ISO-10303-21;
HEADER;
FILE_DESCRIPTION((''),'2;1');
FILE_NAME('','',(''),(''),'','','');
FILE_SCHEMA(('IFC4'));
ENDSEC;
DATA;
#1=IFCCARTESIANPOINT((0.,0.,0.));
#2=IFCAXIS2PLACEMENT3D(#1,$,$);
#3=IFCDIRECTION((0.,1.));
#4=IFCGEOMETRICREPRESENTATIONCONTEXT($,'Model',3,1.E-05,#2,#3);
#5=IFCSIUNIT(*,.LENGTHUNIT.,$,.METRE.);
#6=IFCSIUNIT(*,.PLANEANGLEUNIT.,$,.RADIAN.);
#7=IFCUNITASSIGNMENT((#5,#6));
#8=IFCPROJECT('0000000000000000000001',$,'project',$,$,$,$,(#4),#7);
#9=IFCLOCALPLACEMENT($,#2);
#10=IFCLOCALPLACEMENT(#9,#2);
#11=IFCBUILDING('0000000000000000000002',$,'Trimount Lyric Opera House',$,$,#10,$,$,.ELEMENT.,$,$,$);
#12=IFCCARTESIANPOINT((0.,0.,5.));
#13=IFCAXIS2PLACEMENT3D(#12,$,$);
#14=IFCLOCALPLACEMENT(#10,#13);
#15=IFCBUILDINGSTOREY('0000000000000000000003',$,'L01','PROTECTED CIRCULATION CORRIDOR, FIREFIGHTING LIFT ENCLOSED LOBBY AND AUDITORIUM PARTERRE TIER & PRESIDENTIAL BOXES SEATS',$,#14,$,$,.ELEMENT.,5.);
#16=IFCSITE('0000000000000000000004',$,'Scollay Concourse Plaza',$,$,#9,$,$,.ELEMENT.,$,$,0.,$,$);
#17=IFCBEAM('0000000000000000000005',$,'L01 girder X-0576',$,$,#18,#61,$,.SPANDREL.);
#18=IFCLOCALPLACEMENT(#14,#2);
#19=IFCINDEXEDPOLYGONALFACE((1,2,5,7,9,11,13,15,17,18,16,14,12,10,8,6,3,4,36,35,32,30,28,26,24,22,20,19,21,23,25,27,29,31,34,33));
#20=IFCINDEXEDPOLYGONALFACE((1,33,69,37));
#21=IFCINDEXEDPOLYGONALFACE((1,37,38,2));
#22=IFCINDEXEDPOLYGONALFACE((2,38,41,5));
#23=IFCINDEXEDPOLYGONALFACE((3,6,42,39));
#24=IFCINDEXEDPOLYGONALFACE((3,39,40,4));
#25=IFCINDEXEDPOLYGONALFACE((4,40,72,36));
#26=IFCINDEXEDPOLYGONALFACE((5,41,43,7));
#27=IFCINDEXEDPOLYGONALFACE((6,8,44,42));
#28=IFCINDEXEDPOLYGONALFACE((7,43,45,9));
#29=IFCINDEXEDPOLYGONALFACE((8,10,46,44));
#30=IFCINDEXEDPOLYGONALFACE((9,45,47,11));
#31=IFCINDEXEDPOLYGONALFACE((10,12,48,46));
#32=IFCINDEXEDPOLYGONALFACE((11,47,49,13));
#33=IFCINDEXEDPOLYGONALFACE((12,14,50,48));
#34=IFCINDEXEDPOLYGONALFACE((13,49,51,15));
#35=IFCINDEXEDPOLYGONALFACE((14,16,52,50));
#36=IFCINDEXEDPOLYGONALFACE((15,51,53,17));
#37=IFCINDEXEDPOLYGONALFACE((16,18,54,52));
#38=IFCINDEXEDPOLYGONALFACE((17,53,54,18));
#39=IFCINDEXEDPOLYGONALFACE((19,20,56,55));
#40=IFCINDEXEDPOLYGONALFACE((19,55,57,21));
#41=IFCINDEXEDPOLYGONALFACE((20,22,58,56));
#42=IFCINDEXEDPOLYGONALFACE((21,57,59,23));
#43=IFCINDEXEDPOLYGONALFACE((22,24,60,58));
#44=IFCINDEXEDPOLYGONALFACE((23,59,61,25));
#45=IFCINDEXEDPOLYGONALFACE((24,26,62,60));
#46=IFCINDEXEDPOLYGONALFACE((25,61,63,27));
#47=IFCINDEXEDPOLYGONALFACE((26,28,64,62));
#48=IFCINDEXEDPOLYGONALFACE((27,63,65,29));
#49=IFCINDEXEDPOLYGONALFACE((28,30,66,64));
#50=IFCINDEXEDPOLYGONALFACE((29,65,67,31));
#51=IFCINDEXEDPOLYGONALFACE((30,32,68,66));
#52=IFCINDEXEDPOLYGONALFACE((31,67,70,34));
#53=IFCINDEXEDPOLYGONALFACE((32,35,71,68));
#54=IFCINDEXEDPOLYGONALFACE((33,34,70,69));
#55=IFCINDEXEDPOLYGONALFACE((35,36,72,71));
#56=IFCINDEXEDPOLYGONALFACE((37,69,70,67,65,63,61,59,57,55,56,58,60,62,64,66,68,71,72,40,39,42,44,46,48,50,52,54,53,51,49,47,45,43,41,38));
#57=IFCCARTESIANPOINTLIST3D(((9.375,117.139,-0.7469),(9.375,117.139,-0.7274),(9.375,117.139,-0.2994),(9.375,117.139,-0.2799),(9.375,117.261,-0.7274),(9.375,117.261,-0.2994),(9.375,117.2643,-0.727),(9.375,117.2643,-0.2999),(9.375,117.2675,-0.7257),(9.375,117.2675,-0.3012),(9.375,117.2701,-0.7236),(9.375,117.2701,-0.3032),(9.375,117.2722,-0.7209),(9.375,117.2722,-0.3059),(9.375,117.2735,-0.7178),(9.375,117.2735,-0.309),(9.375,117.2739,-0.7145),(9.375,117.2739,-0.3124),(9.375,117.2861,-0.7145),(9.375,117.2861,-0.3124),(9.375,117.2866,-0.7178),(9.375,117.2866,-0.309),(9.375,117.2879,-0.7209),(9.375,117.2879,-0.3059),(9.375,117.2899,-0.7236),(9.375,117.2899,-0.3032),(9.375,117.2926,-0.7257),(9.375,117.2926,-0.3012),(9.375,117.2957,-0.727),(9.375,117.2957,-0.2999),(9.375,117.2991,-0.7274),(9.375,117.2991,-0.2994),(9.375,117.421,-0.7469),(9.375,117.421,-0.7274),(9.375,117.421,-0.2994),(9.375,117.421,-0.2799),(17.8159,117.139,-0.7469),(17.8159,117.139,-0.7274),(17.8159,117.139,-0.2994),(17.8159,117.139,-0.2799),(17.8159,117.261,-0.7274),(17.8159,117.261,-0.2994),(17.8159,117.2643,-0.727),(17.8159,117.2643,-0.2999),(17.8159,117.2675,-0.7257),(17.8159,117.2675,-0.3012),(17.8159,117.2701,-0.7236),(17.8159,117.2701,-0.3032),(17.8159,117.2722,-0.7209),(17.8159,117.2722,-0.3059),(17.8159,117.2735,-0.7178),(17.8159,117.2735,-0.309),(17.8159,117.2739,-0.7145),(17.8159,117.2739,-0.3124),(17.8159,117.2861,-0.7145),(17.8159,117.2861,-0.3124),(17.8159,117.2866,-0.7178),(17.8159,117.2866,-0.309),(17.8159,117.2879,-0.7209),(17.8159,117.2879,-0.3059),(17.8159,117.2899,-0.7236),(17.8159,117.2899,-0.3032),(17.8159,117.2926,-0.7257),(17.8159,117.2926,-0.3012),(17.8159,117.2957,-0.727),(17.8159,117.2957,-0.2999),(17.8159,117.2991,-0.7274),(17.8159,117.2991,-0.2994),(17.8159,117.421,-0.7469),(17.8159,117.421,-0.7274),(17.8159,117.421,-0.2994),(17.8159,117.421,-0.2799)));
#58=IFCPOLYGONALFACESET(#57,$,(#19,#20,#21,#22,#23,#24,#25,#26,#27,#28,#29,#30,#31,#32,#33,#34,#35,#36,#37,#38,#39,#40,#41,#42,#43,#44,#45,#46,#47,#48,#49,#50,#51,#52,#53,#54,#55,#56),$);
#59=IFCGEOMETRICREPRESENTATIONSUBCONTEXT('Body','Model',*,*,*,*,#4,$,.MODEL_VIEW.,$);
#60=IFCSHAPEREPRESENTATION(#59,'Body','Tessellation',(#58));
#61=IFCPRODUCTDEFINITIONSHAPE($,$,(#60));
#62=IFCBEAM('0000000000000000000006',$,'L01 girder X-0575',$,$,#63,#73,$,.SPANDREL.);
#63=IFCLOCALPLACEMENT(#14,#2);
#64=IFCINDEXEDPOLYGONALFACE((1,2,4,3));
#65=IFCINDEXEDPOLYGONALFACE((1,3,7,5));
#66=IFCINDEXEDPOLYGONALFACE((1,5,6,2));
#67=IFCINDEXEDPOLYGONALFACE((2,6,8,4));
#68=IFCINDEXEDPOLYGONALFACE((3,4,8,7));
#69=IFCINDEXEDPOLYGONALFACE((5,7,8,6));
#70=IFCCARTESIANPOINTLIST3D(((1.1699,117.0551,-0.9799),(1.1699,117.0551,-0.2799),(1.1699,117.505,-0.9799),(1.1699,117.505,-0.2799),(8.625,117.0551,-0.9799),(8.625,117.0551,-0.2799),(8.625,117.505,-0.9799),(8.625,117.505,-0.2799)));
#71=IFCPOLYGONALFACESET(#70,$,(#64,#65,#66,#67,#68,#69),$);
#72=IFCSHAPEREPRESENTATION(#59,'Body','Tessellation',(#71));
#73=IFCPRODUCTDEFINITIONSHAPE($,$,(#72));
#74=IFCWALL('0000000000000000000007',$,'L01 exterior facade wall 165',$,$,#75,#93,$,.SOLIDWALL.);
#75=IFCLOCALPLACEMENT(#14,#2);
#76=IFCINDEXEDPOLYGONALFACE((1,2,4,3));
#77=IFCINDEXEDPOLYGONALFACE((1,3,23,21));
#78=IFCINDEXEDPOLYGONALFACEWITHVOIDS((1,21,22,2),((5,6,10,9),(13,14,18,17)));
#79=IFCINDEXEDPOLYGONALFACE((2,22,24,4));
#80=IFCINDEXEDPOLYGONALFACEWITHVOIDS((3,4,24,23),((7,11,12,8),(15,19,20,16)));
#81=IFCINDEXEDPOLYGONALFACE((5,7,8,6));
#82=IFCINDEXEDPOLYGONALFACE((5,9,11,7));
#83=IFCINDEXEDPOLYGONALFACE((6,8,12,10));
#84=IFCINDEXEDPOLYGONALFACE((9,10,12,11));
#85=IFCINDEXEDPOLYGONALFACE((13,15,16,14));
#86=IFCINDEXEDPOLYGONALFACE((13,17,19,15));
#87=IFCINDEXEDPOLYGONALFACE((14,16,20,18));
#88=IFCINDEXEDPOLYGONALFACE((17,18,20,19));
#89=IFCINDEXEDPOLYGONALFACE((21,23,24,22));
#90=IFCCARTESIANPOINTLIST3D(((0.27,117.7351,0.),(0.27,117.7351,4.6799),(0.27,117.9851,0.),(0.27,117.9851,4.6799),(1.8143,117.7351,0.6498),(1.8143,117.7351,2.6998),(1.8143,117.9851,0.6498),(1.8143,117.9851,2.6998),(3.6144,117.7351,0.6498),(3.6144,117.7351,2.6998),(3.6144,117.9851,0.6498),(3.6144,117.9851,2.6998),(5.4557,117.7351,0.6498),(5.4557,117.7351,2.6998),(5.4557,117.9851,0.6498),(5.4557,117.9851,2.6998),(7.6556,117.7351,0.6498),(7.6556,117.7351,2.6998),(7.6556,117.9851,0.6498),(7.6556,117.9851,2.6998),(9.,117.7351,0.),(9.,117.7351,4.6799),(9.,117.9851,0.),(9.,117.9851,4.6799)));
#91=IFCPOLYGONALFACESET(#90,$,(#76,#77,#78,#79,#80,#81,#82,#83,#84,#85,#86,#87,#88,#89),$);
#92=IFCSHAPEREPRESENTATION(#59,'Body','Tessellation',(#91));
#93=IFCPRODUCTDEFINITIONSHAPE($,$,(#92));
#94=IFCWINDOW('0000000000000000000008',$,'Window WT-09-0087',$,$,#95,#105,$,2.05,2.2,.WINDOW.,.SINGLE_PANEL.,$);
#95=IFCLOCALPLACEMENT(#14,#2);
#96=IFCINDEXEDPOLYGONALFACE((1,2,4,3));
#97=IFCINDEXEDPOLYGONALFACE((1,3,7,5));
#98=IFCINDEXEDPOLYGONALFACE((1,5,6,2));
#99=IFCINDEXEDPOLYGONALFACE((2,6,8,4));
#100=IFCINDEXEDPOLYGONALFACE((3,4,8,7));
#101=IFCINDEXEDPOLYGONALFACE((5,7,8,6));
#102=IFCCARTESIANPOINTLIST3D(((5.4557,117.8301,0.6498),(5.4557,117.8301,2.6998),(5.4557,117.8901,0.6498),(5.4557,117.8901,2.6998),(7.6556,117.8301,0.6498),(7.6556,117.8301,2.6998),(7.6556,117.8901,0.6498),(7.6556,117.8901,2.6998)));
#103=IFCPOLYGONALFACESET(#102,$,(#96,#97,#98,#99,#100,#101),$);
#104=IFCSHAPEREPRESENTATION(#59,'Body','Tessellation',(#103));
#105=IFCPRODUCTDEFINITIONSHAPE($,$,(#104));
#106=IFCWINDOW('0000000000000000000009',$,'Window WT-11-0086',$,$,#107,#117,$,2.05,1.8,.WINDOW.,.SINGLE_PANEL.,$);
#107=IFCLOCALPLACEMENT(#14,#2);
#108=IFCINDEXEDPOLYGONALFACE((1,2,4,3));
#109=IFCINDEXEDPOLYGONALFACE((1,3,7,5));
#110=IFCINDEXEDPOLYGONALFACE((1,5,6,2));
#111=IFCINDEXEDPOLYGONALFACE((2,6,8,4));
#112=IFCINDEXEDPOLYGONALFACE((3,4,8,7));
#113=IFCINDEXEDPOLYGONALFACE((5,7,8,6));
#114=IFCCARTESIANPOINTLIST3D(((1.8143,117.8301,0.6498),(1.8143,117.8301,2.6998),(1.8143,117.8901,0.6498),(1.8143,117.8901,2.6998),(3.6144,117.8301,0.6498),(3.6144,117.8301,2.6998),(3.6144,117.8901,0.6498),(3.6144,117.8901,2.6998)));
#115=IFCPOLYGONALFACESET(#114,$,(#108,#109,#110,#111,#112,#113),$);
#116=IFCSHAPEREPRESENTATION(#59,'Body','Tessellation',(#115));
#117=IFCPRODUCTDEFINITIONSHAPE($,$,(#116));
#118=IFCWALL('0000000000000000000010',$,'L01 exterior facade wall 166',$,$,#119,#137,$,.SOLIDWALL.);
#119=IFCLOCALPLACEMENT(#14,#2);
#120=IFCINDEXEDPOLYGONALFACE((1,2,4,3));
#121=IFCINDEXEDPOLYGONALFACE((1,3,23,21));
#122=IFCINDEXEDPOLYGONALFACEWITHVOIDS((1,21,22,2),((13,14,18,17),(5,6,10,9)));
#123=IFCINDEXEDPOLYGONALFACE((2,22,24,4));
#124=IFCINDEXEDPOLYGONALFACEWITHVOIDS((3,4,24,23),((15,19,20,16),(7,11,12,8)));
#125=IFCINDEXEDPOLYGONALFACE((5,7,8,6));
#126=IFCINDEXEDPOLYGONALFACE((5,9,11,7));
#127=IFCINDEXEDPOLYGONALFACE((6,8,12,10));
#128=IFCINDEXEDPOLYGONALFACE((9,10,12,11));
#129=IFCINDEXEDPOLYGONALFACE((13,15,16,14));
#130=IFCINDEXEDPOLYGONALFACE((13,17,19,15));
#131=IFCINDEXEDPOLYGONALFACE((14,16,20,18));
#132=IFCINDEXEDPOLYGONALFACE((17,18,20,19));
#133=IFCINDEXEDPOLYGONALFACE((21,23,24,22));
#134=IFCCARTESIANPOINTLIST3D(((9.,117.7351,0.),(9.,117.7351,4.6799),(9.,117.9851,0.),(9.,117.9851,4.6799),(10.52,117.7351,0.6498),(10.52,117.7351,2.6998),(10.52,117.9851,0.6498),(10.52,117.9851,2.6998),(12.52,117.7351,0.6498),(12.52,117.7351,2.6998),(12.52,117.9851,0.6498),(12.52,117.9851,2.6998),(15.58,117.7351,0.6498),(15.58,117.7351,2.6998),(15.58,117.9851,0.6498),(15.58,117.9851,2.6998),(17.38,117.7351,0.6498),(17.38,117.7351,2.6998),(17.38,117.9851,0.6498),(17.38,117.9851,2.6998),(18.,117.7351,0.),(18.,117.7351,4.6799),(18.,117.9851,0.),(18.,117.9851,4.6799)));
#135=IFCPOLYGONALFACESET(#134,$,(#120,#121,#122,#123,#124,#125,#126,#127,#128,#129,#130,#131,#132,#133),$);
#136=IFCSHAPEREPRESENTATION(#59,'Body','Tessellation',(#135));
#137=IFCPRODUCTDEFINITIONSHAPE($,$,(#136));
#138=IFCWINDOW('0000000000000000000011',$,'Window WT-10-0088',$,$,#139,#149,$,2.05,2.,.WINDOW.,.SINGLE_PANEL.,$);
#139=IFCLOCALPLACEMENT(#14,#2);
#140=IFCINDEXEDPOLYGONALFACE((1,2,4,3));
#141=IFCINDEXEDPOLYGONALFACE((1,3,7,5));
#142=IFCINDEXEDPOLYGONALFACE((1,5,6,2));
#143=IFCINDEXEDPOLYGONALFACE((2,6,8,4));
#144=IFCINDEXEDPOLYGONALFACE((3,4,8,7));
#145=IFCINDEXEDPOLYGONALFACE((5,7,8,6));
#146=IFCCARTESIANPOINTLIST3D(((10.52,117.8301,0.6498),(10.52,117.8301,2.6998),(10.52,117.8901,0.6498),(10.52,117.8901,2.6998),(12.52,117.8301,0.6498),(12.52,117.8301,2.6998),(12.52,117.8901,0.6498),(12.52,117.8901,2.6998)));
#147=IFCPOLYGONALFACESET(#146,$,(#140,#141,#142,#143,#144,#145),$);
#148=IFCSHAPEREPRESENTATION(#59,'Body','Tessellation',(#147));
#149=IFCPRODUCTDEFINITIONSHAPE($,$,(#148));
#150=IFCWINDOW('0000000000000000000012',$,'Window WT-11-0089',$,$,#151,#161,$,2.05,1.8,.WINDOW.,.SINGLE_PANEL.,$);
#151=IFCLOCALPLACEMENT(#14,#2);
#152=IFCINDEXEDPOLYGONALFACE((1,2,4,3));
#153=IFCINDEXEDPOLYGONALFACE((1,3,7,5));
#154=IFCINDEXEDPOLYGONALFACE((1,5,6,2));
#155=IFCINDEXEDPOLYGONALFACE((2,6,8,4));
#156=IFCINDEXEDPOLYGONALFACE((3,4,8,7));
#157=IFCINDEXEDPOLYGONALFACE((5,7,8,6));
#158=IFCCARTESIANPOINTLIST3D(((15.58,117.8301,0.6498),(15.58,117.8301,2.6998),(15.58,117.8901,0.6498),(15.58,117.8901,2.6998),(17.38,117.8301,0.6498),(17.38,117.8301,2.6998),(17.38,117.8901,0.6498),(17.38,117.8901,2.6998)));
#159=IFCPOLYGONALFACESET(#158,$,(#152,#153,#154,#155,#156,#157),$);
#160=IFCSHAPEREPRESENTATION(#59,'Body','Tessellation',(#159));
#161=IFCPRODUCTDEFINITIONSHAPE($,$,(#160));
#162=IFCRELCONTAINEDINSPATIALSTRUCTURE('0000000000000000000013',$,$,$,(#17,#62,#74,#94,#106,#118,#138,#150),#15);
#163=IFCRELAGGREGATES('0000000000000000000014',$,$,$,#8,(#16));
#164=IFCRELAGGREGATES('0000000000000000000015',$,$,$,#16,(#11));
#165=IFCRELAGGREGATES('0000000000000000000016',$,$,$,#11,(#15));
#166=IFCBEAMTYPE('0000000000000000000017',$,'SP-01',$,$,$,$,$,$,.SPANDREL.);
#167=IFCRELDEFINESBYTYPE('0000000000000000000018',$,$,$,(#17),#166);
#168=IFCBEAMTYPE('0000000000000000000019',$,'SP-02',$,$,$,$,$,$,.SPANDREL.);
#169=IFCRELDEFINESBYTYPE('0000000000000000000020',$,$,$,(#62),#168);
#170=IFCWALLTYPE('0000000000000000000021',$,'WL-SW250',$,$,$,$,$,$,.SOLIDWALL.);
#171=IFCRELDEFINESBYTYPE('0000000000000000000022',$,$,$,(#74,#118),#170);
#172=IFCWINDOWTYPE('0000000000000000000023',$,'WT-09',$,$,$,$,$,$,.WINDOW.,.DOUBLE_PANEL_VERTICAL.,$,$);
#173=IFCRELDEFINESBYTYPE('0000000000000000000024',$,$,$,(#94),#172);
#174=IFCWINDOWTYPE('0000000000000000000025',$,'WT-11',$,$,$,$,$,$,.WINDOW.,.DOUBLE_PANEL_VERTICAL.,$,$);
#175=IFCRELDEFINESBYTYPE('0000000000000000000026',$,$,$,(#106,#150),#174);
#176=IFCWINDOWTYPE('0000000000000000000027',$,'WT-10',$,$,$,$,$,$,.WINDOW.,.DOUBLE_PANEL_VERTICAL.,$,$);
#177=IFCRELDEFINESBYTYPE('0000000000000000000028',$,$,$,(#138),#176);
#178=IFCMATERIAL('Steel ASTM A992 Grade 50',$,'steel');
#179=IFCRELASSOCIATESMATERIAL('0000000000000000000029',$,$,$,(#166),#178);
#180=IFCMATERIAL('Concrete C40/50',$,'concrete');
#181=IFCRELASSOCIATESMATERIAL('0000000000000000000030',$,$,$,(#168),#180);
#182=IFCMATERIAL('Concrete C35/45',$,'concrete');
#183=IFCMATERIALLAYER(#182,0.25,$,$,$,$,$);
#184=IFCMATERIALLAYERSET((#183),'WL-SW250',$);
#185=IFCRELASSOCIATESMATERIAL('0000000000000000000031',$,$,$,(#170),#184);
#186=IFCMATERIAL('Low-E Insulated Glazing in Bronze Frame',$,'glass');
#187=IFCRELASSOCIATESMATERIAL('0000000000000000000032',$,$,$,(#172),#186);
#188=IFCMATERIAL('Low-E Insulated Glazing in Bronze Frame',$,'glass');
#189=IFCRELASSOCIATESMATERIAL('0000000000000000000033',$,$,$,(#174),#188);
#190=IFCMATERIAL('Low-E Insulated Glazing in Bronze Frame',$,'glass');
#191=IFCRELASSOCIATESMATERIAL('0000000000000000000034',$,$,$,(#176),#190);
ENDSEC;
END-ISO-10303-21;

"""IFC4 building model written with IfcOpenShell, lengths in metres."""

from ifc_helpers import new_model, si_unit, direction, frame, frame_2d, origin, origin_2d, place, context, subcontext, project, spatial, rectangle, i_section, extrude, material, layer, layer_set, material_profile, profile_set, type_object, element, fill, save


model = new_model("IFC4")

# Units and contexts
model_context = context("Model", 3, precision=1e-05, world=origin(), true_north=direction((0.0, 1.0)))
body_context = subcontext(model_context, "Body", "Model", "MODEL_VIEW")
ifc_project = project(units=[si_unit("LENGTHUNIT", "METRE"), si_unit("PLANEANGLEUNIT", "RADIAN")], contexts=[model_context])

# Site, building, storey
site_placement = place(None, origin())
site = spatial("IfcSite", under=ifc_project, at=site_placement, Name="Scollay Concourse Plaza", CompositionType="ELEMENT", RefElevation=0.0)
building_placement = place(site_placement, origin())
building = spatial("IfcBuilding", under=site, at=building_placement, Name="Trimount Lyric Opera House", CompositionType="ELEMENT")
storey_placement = place(building_placement, frame((0.0, 0.0, 5.0)))
storey = spatial("IfcBuildingStorey", under=building, at=storey_placement, Name="L01", Description="PROTECTED CIRCULATION CORRIDOR, FIREFIGHTING LIFT ENCLOSED LOBBY AND AUDITORIUM PARTERRE TIER & PRESIDENTIAL BOXES SEATS", CompositionType="ELEMENT", Elevation=5.0)

# Beams
ifc_material_1 = material(Name="Steel ASTM A992 Grade 50", Category="steel")
ifc_material_profile_1 = material_profile(ifc_material_1, i_section(OverallWidth=0.282, OverallDepth=0.467, WebThickness=0.0122, FlangeThickness=0.0195, FilletRadius=0.0129, at=origin_2d()), Name="W18X86")
ifc_profile_set_1 = profile_set([ifc_material_profile_1], Name="Steel ASTM A992 Grade 50")
beam_type_1 = type_object("IfcBeamType", Name="SP-01", PredefinedType="SPANDREL", material=ifc_profile_set_1)
beam_1_placement = place(storey_placement, frame((9.375, 117.28, -0.5134), z_axis=(1.0, 0.0, 0.0), x_axis=(0.0, 1.0, 0.0)))
element("IfcBeam", 1, at=beam_1_placement, inside=storey, type_object=beam_type_1, Name="L01 girder X-0576", PredefinedType="SPANDREL", context=body_context, shape_type="SweptSolid", body=[
    extrude(i_section(OverallWidth=0.282, OverallDepth=0.467, WebThickness=0.0122, FlangeThickness=0.0195, FilletRadius=0.0129, at=origin_2d()), origin(), (0.0, 0.0, 1.0), 8.4409),
])
ifc_material_2 = material(Name="Concrete C40/50", Category="concrete")
ifc_material_profile_2 = material_profile(ifc_material_2, rectangle(XDim=0.45, YDim=0.7, at=origin_2d()), Name="RC450X700")
ifc_profile_set_2 = profile_set([ifc_material_profile_2], Name="Concrete C40/50")
beam_type_2 = type_object("IfcBeamType", Name="SP-02", PredefinedType="SPANDREL", material=ifc_profile_set_2)
beam_2_placement = place(storey_placement, frame((1.1699, 117.28, -0.6299), z_axis=(1.0, 0.0, 0.0), x_axis=(0.0, 1.0, 0.0)))
element("IfcBeam", 2, at=beam_2_placement, inside=storey, type_object=beam_type_2, Name="L01 girder X-0575", PredefinedType="SPANDREL", context=body_context, shape_type="SweptSolid", body=[
    extrude(rectangle(XDim=0.45, YDim=0.7, at=origin_2d()), origin(), (0.0, 0.0, 1.0), 7.4551),
])

# Walls, openings, windows
ifc_material_3 = material(Name="Concrete C35/45", Category="concrete")
ifc_layer_1 = layer(ifc_material_3, 0.25)
ifc_layer_set_1 = layer_set([ifc_layer_1], Name="WL-SW250")
wall_type = type_object("IfcWallType", Name="WL-SW250", PredefinedType="SOLIDWALL", material=ifc_layer_set_1)
wall_1_placement = place(storey_placement, frame((0.27, 117.8601, 0.0), z_axis=(0.0, 0.0, 1.0), x_axis=(1.0, 0.0, 0.0)))
wall_1 = element("IfcWall", 3, at=wall_1_placement, inside=storey, type_object=wall_type, Name="L01 exterior facade wall 165", PredefinedType="SOLIDWALL", context=body_context, shape_type="SweptSolid", body=[
    extrude(rectangle(XDim=8.73, YDim=0.25, at=frame_2d((4.365, 0.0))), origin(), (0.0, 0.0, 1.0), 4.6799),
])
opening_1_placement = place(wall_1_placement, frame((1.5444, 0.0, 0.6499)))
opening_1 = element("IfcOpeningElement", 4, at=opening_1_placement, cuts=wall_1, PredefinedType="OPENING", context=body_context, shape_type="SweptSolid", body=[
    extrude(rectangle(XDim=1.8, YDim=2.05, at=frame_2d((0.8999, 1.0249))), frame((0.0, 0.135, 0.0), z_axis=(0.0, -1.0, 0.0), x_axis=(1.0, 0.0, 0.0)), (0.0, 0.0, 1.0), 0.27),
])
opening_2_placement = place(wall_1_placement, frame((5.1855, 0.0, 0.6499)))
opening_2 = element("IfcOpeningElement", 5, at=opening_2_placement, cuts=wall_1, PredefinedType="OPENING", context=body_context, shape_type="SweptSolid", body=[
    extrude(rectangle(XDim=2.2, YDim=2.05, at=frame_2d((1.1001, 1.0249))), frame((0.0, 0.135, 0.0), z_axis=(0.0, -1.0, 0.0), x_axis=(1.0, 0.0, 0.0)), (0.0, 0.0, 1.0), 0.27),
])
ifc_material_4 = material(Name="Low-E Insulated Glazing in Bronze Frame", Category="glass")
window_type_1 = type_object("IfcWindowType", Name="WT-09", PartitioningType="DOUBLE_PANEL_VERTICAL", PredefinedType="WINDOW", material=ifc_material_4)
window_1_placement = place(opening_2_placement, origin())
window_1 = element("IfcWindow", 6, at=window_1_placement, inside=storey, type_object=window_type_1, Name="Window WT-09-0087", OverallHeight=2.05, OverallWidth=2.2, PartitioningType="SINGLE_PANEL", PredefinedType="WINDOW", context=body_context, shape_type="SweptSolid", body=[
    extrude(rectangle(XDim=2.2, YDim=2.05, at=frame_2d((1.1001, 1.0249))), frame((0.0, 0.03, 0.0), z_axis=(0.0, -1.0, 0.0), x_axis=(1.0, 0.0, 0.0)), (0.0, 0.0, 1.0), 0.0601),
])
fill(opening_2, window_1)
ifc_material_5 = material(Name="Low-E Insulated Glazing in Bronze Frame", Category="glass")
window_type_2 = type_object("IfcWindowType", Name="WT-11", PartitioningType="DOUBLE_PANEL_VERTICAL", PredefinedType="WINDOW", material=ifc_material_5)
window_2_placement = place(opening_1_placement, origin())
window_2 = element("IfcWindow", 7, at=window_2_placement, inside=storey, type_object=window_type_2, Name="Window WT-11-0086", OverallHeight=2.05, OverallWidth=1.8, PartitioningType="SINGLE_PANEL", PredefinedType="WINDOW", context=body_context, shape_type="SweptSolid", body=[
    extrude(rectangle(XDim=1.8, YDim=2.05, at=frame_2d((0.8999, 1.0249))), frame((0.0, 0.03, 0.0), z_axis=(0.0, -1.0, 0.0), x_axis=(1.0, 0.0, 0.0)), (0.0, 0.0, 1.0), 0.0601),
])
fill(opening_1, window_2)
wall_2_placement = place(storey_placement, frame((9.0, 117.8601, 0.0), z_axis=(0.0, 0.0, 1.0), x_axis=(1.0, 0.0, 0.0)))
wall_2 = element("IfcWall", 8, at=wall_2_placement, inside=storey, type_object=wall_type, Name="L01 exterior facade wall 166", PredefinedType="SOLIDWALL", context=body_context, shape_type="SweptSolid", body=[
    extrude(rectangle(XDim=9.0, YDim=0.25, at=frame_2d((4.5, 0.0))), origin(), (0.0, 0.0, 1.0), 4.6799),
])
opening_3_placement = place(wall_2_placement, frame((1.52, 0.0, 0.6499)))
opening_3 = element("IfcOpeningElement", 9, at=opening_3_placement, cuts=wall_2, PredefinedType="OPENING", context=body_context, shape_type="SweptSolid", body=[
    extrude(rectangle(XDim=2.0, YDim=2.05, at=frame_2d((1.0, 1.0249))), frame((0.0, 0.135, 0.0), z_axis=(0.0, -1.0, 0.0), x_axis=(1.0, 0.0, 0.0)), (0.0, 0.0, 1.0), 0.27),
])
opening_4_placement = place(wall_2_placement, frame((6.5801, 0.0, 0.6499)))
opening_4 = element("IfcOpeningElement", 10, at=opening_4_placement, cuts=wall_2, PredefinedType="OPENING", context=body_context, shape_type="SweptSolid", body=[
    extrude(rectangle(XDim=1.8, YDim=2.05, at=frame_2d((0.8999, 1.0249))), frame((0.0, 0.135, 0.0), z_axis=(0.0, -1.0, 0.0), x_axis=(1.0, 0.0, 0.0)), (0.0, 0.0, 1.0), 0.27),
])
ifc_material_6 = material(Name="Low-E Insulated Glazing in Bronze Frame", Category="glass")
window_type_3 = type_object("IfcWindowType", Name="WT-10", PartitioningType="DOUBLE_PANEL_VERTICAL", PredefinedType="WINDOW", material=ifc_material_6)
window_3_placement = place(opening_3_placement, origin())
window_3 = element("IfcWindow", 11, at=window_3_placement, inside=storey, type_object=window_type_3, Name="Window WT-10-0088", OverallHeight=2.05, OverallWidth=2.0, PartitioningType="SINGLE_PANEL", PredefinedType="WINDOW", context=body_context, shape_type="SweptSolid", body=[
    extrude(rectangle(XDim=2.0, YDim=2.05, at=frame_2d((1.0, 1.0249))), frame((0.0, 0.03, 0.0), z_axis=(0.0, -1.0, 0.0), x_axis=(1.0, 0.0, 0.0)), (0.0, 0.0, 1.0), 0.0601),
])
fill(opening_3, window_3)
window_4_placement = place(opening_4_placement, origin())
window_4 = element("IfcWindow", 12, at=window_4_placement, inside=storey, type_object=window_type_2, Name="Window WT-11-0089", OverallHeight=2.05, OverallWidth=1.8, PartitioningType="SINGLE_PANEL", PredefinedType="WINDOW", context=body_context, shape_type="SweptSolid", body=[
    extrude(rectangle(XDim=1.8, YDim=2.05, at=frame_2d((0.8999, 1.0249))), frame((0.0, 0.03, 0.0), z_axis=(0.0, -1.0, 0.0), x_axis=(1.0, 0.0, 0.0)), (0.0, 0.0, 1.0), 0.0601),
])
fill(opening_4, window_4)

save(model, "model.ifc")
